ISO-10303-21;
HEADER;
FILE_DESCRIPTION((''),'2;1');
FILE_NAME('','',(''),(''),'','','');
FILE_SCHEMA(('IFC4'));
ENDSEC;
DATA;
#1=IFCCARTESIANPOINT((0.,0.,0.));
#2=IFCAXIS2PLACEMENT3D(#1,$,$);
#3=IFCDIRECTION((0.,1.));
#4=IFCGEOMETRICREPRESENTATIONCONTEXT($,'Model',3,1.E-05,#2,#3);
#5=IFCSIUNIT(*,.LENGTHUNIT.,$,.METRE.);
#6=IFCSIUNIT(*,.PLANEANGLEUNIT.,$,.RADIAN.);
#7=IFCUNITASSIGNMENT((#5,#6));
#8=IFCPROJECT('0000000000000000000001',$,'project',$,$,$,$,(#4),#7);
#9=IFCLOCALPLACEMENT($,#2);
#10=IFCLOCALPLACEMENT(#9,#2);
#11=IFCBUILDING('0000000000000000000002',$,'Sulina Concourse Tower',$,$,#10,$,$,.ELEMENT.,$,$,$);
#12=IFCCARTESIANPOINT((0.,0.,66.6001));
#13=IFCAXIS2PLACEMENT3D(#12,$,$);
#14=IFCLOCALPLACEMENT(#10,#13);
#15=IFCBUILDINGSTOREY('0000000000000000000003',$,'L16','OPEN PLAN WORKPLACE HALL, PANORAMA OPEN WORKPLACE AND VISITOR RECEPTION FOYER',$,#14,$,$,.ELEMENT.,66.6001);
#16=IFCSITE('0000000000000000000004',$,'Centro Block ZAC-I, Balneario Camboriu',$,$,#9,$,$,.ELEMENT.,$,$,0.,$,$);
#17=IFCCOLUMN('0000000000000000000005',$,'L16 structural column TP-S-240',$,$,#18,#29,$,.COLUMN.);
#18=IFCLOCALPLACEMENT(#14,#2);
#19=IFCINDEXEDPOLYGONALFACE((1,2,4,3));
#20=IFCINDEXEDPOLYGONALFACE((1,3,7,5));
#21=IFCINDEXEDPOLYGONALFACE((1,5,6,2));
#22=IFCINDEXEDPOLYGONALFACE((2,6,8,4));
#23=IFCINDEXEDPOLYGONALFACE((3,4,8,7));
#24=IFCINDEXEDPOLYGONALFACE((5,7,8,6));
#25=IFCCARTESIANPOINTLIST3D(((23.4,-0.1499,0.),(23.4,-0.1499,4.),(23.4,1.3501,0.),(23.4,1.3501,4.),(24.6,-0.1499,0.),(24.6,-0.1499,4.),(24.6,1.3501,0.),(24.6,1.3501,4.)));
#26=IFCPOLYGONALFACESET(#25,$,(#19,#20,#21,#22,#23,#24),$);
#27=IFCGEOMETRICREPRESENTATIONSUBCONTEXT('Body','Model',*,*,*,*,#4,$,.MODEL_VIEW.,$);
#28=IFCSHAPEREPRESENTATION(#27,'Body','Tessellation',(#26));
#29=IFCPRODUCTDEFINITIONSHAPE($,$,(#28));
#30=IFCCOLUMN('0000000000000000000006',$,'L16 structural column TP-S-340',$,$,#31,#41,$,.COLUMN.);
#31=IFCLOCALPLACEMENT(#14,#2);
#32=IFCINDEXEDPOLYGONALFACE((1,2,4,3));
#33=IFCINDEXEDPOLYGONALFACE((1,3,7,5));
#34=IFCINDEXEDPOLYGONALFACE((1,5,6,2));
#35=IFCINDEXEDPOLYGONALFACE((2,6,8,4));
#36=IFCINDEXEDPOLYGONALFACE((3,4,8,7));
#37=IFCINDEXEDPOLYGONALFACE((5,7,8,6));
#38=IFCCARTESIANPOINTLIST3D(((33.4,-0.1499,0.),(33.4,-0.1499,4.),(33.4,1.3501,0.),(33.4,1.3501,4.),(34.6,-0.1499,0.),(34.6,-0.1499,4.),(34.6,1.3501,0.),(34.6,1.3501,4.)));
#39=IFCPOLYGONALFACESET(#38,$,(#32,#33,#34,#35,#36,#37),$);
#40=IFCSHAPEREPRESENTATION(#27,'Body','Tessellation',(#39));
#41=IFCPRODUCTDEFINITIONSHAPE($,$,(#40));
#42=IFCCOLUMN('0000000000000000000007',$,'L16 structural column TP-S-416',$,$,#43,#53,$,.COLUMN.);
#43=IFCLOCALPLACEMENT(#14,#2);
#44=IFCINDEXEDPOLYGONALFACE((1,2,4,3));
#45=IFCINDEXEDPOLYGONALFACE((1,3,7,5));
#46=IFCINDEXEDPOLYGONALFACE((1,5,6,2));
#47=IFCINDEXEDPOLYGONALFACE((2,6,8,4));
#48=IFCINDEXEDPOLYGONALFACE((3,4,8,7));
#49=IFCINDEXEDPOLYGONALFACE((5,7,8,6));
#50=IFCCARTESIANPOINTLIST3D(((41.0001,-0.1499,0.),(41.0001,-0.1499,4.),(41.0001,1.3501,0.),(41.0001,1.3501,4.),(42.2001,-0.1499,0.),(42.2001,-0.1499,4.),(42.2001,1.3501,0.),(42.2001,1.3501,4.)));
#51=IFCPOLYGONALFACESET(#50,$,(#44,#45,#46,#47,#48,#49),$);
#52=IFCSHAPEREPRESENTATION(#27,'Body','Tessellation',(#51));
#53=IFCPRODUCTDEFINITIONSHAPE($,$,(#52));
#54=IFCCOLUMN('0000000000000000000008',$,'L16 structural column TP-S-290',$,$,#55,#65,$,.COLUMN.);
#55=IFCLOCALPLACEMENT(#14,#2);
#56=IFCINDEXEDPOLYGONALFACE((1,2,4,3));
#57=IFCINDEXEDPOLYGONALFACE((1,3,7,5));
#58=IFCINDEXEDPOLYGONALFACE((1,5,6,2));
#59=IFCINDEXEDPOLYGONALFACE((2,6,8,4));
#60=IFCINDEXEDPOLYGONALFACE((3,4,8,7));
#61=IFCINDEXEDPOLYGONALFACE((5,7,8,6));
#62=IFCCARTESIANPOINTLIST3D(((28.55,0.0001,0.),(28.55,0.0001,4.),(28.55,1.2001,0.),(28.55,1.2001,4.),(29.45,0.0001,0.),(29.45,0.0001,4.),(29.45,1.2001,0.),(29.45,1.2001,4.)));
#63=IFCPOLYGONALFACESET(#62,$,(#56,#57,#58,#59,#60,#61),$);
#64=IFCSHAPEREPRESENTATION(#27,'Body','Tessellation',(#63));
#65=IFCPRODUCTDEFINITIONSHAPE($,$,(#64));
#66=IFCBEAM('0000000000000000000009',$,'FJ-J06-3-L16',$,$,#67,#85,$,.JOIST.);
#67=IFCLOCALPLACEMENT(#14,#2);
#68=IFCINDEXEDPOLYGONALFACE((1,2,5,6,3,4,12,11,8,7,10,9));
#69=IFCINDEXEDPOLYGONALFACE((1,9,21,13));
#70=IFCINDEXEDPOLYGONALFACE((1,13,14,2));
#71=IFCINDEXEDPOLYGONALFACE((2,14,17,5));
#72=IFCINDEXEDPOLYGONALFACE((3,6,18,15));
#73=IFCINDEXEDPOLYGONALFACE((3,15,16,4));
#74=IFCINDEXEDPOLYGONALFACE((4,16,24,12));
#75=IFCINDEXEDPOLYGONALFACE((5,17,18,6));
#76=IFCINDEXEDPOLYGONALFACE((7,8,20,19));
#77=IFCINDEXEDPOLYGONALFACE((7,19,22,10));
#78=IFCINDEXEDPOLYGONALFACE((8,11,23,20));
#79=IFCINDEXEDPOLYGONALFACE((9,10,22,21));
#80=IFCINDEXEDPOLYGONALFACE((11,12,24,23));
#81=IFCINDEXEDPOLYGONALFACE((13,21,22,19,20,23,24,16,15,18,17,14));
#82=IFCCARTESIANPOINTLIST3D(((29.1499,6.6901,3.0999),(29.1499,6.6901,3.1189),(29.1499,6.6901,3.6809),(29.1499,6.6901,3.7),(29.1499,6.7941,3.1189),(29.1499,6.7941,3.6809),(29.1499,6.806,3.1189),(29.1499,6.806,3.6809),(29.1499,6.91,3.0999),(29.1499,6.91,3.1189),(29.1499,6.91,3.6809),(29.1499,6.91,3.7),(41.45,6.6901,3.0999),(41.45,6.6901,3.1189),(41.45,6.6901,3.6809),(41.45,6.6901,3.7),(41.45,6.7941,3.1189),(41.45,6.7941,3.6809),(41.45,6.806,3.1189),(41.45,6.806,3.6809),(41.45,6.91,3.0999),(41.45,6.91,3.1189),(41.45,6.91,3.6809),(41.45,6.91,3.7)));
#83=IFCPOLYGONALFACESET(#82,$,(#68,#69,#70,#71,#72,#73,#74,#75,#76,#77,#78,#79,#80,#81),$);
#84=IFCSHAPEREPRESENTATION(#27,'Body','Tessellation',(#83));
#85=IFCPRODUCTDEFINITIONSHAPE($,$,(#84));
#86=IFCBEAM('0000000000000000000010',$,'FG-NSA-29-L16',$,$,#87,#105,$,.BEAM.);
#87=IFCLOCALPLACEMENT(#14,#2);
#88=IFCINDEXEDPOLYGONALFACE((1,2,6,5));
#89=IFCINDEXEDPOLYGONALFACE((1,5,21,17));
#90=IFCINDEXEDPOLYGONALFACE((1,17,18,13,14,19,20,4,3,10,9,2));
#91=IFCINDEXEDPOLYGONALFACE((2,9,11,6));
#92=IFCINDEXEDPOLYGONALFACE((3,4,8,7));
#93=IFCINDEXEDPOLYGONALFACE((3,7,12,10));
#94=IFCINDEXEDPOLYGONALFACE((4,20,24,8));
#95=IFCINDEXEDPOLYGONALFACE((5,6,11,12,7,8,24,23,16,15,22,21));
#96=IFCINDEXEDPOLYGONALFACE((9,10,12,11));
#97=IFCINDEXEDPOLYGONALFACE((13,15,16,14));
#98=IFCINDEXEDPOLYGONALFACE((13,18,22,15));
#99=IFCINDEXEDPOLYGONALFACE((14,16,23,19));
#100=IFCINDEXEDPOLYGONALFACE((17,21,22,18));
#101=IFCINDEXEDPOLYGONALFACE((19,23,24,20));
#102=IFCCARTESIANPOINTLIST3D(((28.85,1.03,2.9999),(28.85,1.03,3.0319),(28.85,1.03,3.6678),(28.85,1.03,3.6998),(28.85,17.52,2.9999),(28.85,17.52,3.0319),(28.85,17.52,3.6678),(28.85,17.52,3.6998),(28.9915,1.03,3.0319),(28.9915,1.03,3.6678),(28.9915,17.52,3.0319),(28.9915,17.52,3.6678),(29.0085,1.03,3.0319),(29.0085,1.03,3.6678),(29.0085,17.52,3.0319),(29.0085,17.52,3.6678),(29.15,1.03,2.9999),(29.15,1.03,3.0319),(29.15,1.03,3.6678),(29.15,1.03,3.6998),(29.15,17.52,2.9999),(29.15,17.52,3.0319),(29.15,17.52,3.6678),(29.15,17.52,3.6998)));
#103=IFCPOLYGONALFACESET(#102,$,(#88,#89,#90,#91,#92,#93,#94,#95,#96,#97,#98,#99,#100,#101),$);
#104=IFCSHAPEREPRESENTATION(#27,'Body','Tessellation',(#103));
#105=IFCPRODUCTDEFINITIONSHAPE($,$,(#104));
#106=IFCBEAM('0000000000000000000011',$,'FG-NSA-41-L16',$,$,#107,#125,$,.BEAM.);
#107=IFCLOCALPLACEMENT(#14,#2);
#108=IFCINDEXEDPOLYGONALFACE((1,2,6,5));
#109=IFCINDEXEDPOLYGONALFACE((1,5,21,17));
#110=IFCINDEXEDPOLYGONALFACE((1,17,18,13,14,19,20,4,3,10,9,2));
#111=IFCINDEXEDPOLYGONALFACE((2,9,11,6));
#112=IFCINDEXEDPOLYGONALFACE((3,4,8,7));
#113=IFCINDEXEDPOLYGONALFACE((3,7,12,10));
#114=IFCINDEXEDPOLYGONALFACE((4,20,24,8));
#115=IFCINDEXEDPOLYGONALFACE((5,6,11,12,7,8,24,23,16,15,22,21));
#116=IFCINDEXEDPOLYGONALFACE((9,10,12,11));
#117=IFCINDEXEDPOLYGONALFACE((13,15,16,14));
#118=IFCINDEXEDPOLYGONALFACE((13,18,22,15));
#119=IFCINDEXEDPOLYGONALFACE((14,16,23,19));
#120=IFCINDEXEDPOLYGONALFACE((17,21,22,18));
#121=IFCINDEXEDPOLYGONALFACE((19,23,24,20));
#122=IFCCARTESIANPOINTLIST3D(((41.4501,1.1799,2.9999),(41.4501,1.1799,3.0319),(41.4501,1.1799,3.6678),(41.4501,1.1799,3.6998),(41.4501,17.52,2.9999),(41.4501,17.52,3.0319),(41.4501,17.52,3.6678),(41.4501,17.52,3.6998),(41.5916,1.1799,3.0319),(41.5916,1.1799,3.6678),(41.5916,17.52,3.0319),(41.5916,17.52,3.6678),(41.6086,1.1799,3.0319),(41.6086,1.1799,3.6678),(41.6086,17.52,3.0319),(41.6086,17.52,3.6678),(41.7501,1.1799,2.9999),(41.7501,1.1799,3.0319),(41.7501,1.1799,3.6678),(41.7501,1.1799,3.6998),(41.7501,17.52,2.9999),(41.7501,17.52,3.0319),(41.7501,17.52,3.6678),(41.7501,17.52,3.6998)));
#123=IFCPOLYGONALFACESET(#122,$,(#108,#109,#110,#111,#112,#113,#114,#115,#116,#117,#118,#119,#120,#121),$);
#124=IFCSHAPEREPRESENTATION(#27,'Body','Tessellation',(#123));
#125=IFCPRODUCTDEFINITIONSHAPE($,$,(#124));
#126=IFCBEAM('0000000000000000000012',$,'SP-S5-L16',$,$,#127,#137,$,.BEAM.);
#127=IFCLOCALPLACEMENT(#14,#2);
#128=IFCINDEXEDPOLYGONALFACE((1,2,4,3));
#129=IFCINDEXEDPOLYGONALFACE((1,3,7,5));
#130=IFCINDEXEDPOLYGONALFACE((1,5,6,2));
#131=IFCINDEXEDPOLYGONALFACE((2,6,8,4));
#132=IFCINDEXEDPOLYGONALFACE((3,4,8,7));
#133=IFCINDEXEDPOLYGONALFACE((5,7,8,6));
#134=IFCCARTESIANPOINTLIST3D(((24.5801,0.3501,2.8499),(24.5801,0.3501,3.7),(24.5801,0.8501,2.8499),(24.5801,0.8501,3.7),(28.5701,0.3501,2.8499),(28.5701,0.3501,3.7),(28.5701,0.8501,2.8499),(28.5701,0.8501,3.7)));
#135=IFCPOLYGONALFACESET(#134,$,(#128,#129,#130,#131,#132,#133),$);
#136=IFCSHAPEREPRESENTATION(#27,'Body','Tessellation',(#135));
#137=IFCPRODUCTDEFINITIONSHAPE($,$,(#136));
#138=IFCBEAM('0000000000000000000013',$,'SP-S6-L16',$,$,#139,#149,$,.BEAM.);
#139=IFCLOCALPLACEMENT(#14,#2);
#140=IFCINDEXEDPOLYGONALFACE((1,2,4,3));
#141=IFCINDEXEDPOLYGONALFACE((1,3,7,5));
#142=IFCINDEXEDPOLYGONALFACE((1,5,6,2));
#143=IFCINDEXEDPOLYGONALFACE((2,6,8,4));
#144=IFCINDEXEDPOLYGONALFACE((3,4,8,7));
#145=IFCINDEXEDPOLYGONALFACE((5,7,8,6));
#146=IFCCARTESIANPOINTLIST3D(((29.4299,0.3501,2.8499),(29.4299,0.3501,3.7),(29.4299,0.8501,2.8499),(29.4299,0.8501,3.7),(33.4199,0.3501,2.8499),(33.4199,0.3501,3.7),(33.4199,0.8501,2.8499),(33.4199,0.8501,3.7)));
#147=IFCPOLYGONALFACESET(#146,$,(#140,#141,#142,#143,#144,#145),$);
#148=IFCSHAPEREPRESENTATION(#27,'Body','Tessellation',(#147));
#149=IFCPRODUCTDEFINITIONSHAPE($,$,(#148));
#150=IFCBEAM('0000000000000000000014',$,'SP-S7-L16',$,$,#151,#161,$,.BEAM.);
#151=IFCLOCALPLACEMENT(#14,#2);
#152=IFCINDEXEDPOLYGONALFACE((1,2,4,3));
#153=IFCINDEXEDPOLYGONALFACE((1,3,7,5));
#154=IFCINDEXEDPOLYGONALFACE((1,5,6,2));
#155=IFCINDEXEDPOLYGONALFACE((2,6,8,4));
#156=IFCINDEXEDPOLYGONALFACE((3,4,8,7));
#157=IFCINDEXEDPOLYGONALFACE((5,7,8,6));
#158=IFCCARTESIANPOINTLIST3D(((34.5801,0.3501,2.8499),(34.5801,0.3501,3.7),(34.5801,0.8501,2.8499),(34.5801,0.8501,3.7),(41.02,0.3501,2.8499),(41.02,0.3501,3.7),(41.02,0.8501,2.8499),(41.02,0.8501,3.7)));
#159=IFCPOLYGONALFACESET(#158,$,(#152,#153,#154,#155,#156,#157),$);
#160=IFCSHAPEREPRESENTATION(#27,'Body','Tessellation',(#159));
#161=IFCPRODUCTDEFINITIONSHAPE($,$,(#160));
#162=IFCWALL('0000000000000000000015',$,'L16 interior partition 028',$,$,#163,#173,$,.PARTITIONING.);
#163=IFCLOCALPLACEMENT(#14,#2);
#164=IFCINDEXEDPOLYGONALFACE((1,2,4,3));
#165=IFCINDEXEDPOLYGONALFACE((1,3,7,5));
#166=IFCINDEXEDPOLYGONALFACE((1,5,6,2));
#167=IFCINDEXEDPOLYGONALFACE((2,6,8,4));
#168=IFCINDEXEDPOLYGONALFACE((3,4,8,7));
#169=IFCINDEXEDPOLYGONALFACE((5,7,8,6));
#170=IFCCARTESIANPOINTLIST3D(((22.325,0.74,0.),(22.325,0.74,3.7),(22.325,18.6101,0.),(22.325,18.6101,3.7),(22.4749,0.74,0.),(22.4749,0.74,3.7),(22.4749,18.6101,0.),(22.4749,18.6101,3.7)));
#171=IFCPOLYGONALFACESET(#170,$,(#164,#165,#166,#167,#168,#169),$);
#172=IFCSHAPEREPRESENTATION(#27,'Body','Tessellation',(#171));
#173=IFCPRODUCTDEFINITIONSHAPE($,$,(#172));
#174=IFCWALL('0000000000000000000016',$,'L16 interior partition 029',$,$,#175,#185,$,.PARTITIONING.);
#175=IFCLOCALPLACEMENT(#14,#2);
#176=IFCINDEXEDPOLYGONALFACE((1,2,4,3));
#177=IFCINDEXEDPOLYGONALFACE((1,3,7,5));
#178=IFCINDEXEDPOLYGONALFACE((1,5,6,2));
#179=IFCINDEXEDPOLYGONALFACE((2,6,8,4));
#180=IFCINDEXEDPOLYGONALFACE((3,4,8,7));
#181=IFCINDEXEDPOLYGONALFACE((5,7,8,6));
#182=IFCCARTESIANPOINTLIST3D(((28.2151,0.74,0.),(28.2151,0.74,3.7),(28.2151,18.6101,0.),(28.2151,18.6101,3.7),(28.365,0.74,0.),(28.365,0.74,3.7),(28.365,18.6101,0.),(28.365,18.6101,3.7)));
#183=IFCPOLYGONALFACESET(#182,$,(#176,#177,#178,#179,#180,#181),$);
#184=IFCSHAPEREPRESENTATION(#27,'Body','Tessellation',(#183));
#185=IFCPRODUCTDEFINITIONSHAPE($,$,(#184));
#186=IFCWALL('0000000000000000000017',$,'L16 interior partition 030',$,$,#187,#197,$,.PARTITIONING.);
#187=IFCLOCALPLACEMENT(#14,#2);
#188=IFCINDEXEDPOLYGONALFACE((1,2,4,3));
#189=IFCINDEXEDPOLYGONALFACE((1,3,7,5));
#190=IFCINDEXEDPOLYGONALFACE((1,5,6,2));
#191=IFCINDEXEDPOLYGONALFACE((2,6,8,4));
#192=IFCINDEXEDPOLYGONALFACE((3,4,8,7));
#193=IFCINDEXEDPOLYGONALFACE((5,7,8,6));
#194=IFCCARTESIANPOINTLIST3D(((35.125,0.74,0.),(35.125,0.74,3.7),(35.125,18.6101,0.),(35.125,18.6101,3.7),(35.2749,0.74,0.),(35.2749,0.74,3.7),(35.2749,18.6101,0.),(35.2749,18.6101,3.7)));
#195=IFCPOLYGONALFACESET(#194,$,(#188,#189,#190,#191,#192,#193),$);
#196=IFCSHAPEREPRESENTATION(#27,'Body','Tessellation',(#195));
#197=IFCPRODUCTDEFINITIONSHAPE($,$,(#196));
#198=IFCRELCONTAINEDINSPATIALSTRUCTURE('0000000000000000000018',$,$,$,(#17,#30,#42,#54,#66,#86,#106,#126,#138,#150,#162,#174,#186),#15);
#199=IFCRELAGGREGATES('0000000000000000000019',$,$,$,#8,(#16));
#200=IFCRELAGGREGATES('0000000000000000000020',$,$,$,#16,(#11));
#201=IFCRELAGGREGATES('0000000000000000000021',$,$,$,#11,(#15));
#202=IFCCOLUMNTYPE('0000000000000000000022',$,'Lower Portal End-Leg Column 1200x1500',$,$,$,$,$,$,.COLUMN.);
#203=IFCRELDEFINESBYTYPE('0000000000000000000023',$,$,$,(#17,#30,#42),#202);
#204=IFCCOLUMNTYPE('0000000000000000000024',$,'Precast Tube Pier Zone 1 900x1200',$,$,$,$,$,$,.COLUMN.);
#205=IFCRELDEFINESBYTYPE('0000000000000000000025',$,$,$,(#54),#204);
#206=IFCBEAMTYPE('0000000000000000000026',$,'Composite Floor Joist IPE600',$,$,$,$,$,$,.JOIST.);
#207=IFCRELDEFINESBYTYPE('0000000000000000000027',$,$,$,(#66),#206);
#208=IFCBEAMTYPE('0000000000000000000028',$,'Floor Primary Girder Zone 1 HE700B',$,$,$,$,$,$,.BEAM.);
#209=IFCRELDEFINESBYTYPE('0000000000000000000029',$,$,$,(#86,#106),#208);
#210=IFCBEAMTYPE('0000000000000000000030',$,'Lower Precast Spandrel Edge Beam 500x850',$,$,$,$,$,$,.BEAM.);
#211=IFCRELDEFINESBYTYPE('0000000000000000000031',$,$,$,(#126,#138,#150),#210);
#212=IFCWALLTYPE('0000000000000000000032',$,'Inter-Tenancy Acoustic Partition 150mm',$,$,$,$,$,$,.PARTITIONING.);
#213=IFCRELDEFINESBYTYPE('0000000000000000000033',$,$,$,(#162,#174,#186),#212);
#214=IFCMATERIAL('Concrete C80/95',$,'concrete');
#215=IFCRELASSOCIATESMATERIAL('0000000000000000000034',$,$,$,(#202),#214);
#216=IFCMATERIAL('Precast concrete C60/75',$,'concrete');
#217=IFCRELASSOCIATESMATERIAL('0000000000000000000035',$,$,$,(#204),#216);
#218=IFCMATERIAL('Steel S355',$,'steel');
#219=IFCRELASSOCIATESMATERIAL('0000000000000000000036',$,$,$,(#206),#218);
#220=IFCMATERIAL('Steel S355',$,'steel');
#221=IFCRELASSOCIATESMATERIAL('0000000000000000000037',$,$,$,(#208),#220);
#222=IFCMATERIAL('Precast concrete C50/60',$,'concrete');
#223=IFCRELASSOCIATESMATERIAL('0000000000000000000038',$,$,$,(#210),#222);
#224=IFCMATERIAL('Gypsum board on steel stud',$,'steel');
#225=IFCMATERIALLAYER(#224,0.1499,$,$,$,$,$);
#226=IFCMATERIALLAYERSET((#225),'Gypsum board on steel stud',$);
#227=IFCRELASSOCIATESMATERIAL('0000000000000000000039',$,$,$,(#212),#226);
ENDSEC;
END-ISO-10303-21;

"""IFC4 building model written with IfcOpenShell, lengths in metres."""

from ifc_helpers import new_model, si_unit, direction, frame, frame_2d, origin, origin_2d, place, context, subcontext, project, spatial, rectangle, i_section, extrude, material, layer, layer_set, material_profile, profile_set, type_object, element, save


model = new_model("IFC4")

# Units and contexts
model_context = context("Model", 3, precision=1e-05, world=origin(), true_north=direction((0.0, 1.0)))
body_context = subcontext(model_context, "Body", "Model", "MODEL_VIEW")
ifc_project = project(units=[si_unit("LENGTHUNIT", "METRE"), si_unit("PLANEANGLEUNIT", "RADIAN")], contexts=[model_context])

# Site, building, storey
site_placement = place(None, origin())
site = spatial("IfcSite", under=ifc_project, at=site_placement, Name="Centro Block ZAC-I, Balneario Camboriu", CompositionType="ELEMENT", RefElevation=0.0)
building_placement = place(site_placement, origin())
building = spatial("IfcBuilding", under=site, at=building_placement, Name="Sulina Concourse Tower", CompositionType="ELEMENT")
storey_placement = place(building_placement, frame((0.0, 0.0, 66.6001)))
storey = spatial("IfcBuildingStorey", under=building, at=storey_placement, Name="L16", Description="OPEN PLAN WORKPLACE HALL, PANORAMA OPEN WORKPLACE AND VISITOR RECEPTION FOYER", CompositionType="ELEMENT", Elevation=66.6001)

# Columns
ifc_material_1 = material(Name="Concrete C80/95", Category="concrete")
ifc_material_profile_1 = material_profile(ifc_material_1, rectangle(XDim=1.2, YDim=1.5, at=origin_2d()), Name="RC 1200x1500")
ifc_profile_set_1 = profile_set([ifc_material_profile_1], Name="Concrete C80/95")
column_type_1 = type_object("IfcColumnType", Name="Lower Portal End-Leg Column 1200x1500", PredefinedType="COLUMN", material=ifc_profile_set_1)
for number, where, z_axis, x_axis, name in (
    (1, (24.0, 0.6001, 0.0), (0.0, 0.0, 1.0), (1.0, 0.0, 0.0), "L16 structural column TP-S-240"),
    (2, (34.0, 0.6001, 0.0), (0.0, 0.0, 1.0), (1.0, 0.0, 0.0), "L16 structural column TP-S-340"),
    (3, (41.6001, 0.6001, 0.0), (0.0, 0.0, 1.0), (1.0, 0.0, 0.0), "L16 structural column TP-S-416"),
):
    element("IfcColumn", number, at=place(storey_placement, frame(where, z_axis=z_axis, x_axis=x_axis)), inside=storey, type_object=column_type_1, Name=name, PredefinedType="COLUMN", context=body_context, shape_type="SweptSolid", body=[
        extrude(rectangle(XDim=1.2, YDim=1.5, at=origin_2d()), origin(), (0.0, 0.0, 1.0), 4.0),
    ])
ifc_material_2 = material(Name="Precast concrete C60/75", Category="concrete")
ifc_material_profile_2 = material_profile(ifc_material_2, rectangle(XDim=0.8999, YDim=1.2, at=origin_2d()), Name="PC 900x1200")
ifc_profile_set_2 = profile_set([ifc_material_profile_2], Name="Precast concrete C60/75")
column_type_2 = type_object("IfcColumnType", Name="Precast Tube Pier Zone 1 900x1200", PredefinedType="COLUMN", material=ifc_profile_set_2)
column_placement = place(storey_placement, frame((29.0, 0.6001, 0.0), z_axis=(0.0, 0.0, 1.0), x_axis=(1.0, 0.0, 0.0)))
element("IfcColumn", 4, at=column_placement, inside=storey, type_object=column_type_2, Name="L16 structural column TP-S-290", PredefinedType="COLUMN", context=body_context, shape_type="SweptSolid", body=[
    extrude(rectangle(XDim=0.8999, YDim=1.2, at=origin_2d()), origin(), (0.0, 0.0, 1.0), 4.0),
])

# Beams
ifc_material_3 = material(Name="Steel S355", Category="steel")
ifc_material_profile_3 = material_profile(ifc_material_3, i_section(OverallWidth=0.22, OverallDepth=0.6001, WebThickness=0.012, FlangeThickness=0.019, at=origin_2d()), Name="IPE 600")
ifc_profile_set_3 = profile_set([ifc_material_profile_3], Name="Steel S355")
beam_type_1 = type_object("IfcBeamType", Name="Composite Floor Joist IPE600", PredefinedType="JOIST", material=ifc_profile_set_3)
beam_1_placement = place(storey_placement, frame((29.1499, 6.8, 3.3999), z_axis=(1.0, 0.0, 0.0), x_axis=(0.0, 1.0, 0.0)))
element("IfcBeam", 5, at=beam_1_placement, inside=storey, type_object=beam_type_1, Name="FJ-J06-3-L16", PredefinedType="JOIST", context=body_context, shape_type="SweptSolid", body=[
    extrude(i_section(OverallWidth=0.22, OverallDepth=0.6001, WebThickness=0.012, FlangeThickness=0.019, at=origin_2d()), origin(), (0.0, 0.0, 1.0), 12.3),
])
ifc_material_4 = material(Name="Steel S355", Category="steel")
ifc_material_profile_4 = material_profile(ifc_material_4, i_section(OverallWidth=0.3, OverallDepth=0.7, WebThickness=0.0171, FlangeThickness=0.032, at=origin_2d()), Name="HE 700 B")
ifc_profile_set_4 = profile_set([ifc_material_profile_4], Name="Steel S355")
beam_type_2 = type_object("IfcBeamType", Name="Floor Primary Girder Zone 1 HE700B", PredefinedType="BEAM", material=ifc_profile_set_4)
beam_2_placement = place(storey_placement, frame((29.0, 1.03, 3.3499), z_axis=(0.0, 1.0, 0.0), x_axis=(-1.0, 0.0, 0.0)))
element("IfcBeam", 6, at=beam_2_placement, inside=storey, type_object=beam_type_2, Name="FG-NSA-29-L16", PredefinedType="BEAM", context=body_context, shape_type="SweptSolid", body=[
    extrude(i_section(OverallWidth=0.3, OverallDepth=0.7, WebThickness=0.0171, FlangeThickness=0.032, at=origin_2d()), origin(), (0.0, 0.0, 1.0), 16.49),
])
beam_3_placement = place(storey_placement, frame((41.6001, 1.1799, 3.3499), z_axis=(0.0, 1.0, 0.0), x_axis=(-1.0, 0.0, 0.0)))
element("IfcBeam", 7, at=beam_3_placement, inside=storey, type_object=beam_type_2, Name="FG-NSA-41-L16", PredefinedType="BEAM", context=body_context, shape_type="SweptSolid", body=[
    extrude(i_section(OverallWidth=0.3, OverallDepth=0.7, WebThickness=0.0171, FlangeThickness=0.032, at=origin_2d()), origin(), (0.0, 0.0, 1.0), 16.3401),
])
ifc_material_5 = material(Name="Precast concrete C50/60", Category="concrete")
ifc_material_profile_5 = material_profile(ifc_material_5, rectangle(XDim=0.5, YDim=0.8501, at=origin_2d()), Name="RC 500x850")
ifc_profile_set_5 = profile_set([ifc_material_profile_5], Name="Precast concrete C50/60")
beam_type_3 = type_object("IfcBeamType", Name="Lower Precast Spandrel Edge Beam 500x850", PredefinedType="BEAM", material=ifc_profile_set_5)
for number, where, z_axis, x_axis, name in (
    (8, (24.5801, 0.6001, 3.2749), (1.0, 0.0, 0.0), (0.0, 1.0, 0.0), "SP-S5-L16"),
    (9, (29.4299, 0.6001, 3.2749), (1.0, 0.0, 0.0), (0.0, 1.0, 0.0), "SP-S6-L16"),
):
    element("IfcBeam", number, at=place(storey_placement, frame(where, z_axis=z_axis, x_axis=x_axis)), inside=storey, type_object=beam_type_3, Name=name, PredefinedType="BEAM", context=body_context, shape_type="SweptSolid", body=[
        extrude(rectangle(XDim=0.5, YDim=0.8501, at=origin_2d()), origin(), (0.0, 0.0, 1.0), 3.99),
    ])
beam_4_placement = place(storey_placement, frame((34.5801, 0.6001, 3.2749), z_axis=(1.0, 0.0, 0.0), x_axis=(0.0, 1.0, 0.0)))
element("IfcBeam", 10, at=beam_4_placement, inside=storey, type_object=beam_type_3, Name="SP-S7-L16", PredefinedType="BEAM", context=body_context, shape_type="SweptSolid", body=[
    extrude(rectangle(XDim=0.5, YDim=0.8501, at=origin_2d()), origin(), (0.0, 0.0, 1.0), 6.4399),
])

# Walls
ifc_material_6 = material(Name="Gypsum board on steel stud", Category="steel")
ifc_layer_1 = layer(ifc_material_6, 0.1499)
ifc_layer_set_1 = layer_set([ifc_layer_1], Name="Gypsum board on steel stud")
wall_type_1 = type_object("IfcWallType", Name="Inter-Tenancy Acoustic Partition 150mm", PredefinedType="PARTITIONING", material=ifc_layer_set_1)
for number, where, z_axis, x_axis, name in (
    (11, (22.3999, 0.74, 0.0), (0.0, 0.0, 1.0), (0.0, 1.0, 0.0), "L16 interior partition 028"),
    (12, (28.29, 0.74, 0.0), (0.0, 0.0, 1.0), (0.0, 1.0, 0.0), "L16 interior partition 029"),
    (13, (35.2, 0.74, 0.0), (0.0, 0.0, 1.0), (0.0, 1.0, 0.0), "L16 interior partition 030"),
):
    element("IfcWall", number, at=place(storey_placement, frame(where, z_axis=z_axis, x_axis=x_axis)), inside=storey, type_object=wall_type_1, Name=name, PredefinedType="PARTITIONING", context=body_context, shape_type="SweptSolid", body=[
        extrude(rectangle(XDim=17.8701, YDim=0.1499, at=frame_2d((8.9351, 0.0))), origin(), (0.0, 0.0, 1.0), 3.7),
    ])

save(model, "model.ifc")
